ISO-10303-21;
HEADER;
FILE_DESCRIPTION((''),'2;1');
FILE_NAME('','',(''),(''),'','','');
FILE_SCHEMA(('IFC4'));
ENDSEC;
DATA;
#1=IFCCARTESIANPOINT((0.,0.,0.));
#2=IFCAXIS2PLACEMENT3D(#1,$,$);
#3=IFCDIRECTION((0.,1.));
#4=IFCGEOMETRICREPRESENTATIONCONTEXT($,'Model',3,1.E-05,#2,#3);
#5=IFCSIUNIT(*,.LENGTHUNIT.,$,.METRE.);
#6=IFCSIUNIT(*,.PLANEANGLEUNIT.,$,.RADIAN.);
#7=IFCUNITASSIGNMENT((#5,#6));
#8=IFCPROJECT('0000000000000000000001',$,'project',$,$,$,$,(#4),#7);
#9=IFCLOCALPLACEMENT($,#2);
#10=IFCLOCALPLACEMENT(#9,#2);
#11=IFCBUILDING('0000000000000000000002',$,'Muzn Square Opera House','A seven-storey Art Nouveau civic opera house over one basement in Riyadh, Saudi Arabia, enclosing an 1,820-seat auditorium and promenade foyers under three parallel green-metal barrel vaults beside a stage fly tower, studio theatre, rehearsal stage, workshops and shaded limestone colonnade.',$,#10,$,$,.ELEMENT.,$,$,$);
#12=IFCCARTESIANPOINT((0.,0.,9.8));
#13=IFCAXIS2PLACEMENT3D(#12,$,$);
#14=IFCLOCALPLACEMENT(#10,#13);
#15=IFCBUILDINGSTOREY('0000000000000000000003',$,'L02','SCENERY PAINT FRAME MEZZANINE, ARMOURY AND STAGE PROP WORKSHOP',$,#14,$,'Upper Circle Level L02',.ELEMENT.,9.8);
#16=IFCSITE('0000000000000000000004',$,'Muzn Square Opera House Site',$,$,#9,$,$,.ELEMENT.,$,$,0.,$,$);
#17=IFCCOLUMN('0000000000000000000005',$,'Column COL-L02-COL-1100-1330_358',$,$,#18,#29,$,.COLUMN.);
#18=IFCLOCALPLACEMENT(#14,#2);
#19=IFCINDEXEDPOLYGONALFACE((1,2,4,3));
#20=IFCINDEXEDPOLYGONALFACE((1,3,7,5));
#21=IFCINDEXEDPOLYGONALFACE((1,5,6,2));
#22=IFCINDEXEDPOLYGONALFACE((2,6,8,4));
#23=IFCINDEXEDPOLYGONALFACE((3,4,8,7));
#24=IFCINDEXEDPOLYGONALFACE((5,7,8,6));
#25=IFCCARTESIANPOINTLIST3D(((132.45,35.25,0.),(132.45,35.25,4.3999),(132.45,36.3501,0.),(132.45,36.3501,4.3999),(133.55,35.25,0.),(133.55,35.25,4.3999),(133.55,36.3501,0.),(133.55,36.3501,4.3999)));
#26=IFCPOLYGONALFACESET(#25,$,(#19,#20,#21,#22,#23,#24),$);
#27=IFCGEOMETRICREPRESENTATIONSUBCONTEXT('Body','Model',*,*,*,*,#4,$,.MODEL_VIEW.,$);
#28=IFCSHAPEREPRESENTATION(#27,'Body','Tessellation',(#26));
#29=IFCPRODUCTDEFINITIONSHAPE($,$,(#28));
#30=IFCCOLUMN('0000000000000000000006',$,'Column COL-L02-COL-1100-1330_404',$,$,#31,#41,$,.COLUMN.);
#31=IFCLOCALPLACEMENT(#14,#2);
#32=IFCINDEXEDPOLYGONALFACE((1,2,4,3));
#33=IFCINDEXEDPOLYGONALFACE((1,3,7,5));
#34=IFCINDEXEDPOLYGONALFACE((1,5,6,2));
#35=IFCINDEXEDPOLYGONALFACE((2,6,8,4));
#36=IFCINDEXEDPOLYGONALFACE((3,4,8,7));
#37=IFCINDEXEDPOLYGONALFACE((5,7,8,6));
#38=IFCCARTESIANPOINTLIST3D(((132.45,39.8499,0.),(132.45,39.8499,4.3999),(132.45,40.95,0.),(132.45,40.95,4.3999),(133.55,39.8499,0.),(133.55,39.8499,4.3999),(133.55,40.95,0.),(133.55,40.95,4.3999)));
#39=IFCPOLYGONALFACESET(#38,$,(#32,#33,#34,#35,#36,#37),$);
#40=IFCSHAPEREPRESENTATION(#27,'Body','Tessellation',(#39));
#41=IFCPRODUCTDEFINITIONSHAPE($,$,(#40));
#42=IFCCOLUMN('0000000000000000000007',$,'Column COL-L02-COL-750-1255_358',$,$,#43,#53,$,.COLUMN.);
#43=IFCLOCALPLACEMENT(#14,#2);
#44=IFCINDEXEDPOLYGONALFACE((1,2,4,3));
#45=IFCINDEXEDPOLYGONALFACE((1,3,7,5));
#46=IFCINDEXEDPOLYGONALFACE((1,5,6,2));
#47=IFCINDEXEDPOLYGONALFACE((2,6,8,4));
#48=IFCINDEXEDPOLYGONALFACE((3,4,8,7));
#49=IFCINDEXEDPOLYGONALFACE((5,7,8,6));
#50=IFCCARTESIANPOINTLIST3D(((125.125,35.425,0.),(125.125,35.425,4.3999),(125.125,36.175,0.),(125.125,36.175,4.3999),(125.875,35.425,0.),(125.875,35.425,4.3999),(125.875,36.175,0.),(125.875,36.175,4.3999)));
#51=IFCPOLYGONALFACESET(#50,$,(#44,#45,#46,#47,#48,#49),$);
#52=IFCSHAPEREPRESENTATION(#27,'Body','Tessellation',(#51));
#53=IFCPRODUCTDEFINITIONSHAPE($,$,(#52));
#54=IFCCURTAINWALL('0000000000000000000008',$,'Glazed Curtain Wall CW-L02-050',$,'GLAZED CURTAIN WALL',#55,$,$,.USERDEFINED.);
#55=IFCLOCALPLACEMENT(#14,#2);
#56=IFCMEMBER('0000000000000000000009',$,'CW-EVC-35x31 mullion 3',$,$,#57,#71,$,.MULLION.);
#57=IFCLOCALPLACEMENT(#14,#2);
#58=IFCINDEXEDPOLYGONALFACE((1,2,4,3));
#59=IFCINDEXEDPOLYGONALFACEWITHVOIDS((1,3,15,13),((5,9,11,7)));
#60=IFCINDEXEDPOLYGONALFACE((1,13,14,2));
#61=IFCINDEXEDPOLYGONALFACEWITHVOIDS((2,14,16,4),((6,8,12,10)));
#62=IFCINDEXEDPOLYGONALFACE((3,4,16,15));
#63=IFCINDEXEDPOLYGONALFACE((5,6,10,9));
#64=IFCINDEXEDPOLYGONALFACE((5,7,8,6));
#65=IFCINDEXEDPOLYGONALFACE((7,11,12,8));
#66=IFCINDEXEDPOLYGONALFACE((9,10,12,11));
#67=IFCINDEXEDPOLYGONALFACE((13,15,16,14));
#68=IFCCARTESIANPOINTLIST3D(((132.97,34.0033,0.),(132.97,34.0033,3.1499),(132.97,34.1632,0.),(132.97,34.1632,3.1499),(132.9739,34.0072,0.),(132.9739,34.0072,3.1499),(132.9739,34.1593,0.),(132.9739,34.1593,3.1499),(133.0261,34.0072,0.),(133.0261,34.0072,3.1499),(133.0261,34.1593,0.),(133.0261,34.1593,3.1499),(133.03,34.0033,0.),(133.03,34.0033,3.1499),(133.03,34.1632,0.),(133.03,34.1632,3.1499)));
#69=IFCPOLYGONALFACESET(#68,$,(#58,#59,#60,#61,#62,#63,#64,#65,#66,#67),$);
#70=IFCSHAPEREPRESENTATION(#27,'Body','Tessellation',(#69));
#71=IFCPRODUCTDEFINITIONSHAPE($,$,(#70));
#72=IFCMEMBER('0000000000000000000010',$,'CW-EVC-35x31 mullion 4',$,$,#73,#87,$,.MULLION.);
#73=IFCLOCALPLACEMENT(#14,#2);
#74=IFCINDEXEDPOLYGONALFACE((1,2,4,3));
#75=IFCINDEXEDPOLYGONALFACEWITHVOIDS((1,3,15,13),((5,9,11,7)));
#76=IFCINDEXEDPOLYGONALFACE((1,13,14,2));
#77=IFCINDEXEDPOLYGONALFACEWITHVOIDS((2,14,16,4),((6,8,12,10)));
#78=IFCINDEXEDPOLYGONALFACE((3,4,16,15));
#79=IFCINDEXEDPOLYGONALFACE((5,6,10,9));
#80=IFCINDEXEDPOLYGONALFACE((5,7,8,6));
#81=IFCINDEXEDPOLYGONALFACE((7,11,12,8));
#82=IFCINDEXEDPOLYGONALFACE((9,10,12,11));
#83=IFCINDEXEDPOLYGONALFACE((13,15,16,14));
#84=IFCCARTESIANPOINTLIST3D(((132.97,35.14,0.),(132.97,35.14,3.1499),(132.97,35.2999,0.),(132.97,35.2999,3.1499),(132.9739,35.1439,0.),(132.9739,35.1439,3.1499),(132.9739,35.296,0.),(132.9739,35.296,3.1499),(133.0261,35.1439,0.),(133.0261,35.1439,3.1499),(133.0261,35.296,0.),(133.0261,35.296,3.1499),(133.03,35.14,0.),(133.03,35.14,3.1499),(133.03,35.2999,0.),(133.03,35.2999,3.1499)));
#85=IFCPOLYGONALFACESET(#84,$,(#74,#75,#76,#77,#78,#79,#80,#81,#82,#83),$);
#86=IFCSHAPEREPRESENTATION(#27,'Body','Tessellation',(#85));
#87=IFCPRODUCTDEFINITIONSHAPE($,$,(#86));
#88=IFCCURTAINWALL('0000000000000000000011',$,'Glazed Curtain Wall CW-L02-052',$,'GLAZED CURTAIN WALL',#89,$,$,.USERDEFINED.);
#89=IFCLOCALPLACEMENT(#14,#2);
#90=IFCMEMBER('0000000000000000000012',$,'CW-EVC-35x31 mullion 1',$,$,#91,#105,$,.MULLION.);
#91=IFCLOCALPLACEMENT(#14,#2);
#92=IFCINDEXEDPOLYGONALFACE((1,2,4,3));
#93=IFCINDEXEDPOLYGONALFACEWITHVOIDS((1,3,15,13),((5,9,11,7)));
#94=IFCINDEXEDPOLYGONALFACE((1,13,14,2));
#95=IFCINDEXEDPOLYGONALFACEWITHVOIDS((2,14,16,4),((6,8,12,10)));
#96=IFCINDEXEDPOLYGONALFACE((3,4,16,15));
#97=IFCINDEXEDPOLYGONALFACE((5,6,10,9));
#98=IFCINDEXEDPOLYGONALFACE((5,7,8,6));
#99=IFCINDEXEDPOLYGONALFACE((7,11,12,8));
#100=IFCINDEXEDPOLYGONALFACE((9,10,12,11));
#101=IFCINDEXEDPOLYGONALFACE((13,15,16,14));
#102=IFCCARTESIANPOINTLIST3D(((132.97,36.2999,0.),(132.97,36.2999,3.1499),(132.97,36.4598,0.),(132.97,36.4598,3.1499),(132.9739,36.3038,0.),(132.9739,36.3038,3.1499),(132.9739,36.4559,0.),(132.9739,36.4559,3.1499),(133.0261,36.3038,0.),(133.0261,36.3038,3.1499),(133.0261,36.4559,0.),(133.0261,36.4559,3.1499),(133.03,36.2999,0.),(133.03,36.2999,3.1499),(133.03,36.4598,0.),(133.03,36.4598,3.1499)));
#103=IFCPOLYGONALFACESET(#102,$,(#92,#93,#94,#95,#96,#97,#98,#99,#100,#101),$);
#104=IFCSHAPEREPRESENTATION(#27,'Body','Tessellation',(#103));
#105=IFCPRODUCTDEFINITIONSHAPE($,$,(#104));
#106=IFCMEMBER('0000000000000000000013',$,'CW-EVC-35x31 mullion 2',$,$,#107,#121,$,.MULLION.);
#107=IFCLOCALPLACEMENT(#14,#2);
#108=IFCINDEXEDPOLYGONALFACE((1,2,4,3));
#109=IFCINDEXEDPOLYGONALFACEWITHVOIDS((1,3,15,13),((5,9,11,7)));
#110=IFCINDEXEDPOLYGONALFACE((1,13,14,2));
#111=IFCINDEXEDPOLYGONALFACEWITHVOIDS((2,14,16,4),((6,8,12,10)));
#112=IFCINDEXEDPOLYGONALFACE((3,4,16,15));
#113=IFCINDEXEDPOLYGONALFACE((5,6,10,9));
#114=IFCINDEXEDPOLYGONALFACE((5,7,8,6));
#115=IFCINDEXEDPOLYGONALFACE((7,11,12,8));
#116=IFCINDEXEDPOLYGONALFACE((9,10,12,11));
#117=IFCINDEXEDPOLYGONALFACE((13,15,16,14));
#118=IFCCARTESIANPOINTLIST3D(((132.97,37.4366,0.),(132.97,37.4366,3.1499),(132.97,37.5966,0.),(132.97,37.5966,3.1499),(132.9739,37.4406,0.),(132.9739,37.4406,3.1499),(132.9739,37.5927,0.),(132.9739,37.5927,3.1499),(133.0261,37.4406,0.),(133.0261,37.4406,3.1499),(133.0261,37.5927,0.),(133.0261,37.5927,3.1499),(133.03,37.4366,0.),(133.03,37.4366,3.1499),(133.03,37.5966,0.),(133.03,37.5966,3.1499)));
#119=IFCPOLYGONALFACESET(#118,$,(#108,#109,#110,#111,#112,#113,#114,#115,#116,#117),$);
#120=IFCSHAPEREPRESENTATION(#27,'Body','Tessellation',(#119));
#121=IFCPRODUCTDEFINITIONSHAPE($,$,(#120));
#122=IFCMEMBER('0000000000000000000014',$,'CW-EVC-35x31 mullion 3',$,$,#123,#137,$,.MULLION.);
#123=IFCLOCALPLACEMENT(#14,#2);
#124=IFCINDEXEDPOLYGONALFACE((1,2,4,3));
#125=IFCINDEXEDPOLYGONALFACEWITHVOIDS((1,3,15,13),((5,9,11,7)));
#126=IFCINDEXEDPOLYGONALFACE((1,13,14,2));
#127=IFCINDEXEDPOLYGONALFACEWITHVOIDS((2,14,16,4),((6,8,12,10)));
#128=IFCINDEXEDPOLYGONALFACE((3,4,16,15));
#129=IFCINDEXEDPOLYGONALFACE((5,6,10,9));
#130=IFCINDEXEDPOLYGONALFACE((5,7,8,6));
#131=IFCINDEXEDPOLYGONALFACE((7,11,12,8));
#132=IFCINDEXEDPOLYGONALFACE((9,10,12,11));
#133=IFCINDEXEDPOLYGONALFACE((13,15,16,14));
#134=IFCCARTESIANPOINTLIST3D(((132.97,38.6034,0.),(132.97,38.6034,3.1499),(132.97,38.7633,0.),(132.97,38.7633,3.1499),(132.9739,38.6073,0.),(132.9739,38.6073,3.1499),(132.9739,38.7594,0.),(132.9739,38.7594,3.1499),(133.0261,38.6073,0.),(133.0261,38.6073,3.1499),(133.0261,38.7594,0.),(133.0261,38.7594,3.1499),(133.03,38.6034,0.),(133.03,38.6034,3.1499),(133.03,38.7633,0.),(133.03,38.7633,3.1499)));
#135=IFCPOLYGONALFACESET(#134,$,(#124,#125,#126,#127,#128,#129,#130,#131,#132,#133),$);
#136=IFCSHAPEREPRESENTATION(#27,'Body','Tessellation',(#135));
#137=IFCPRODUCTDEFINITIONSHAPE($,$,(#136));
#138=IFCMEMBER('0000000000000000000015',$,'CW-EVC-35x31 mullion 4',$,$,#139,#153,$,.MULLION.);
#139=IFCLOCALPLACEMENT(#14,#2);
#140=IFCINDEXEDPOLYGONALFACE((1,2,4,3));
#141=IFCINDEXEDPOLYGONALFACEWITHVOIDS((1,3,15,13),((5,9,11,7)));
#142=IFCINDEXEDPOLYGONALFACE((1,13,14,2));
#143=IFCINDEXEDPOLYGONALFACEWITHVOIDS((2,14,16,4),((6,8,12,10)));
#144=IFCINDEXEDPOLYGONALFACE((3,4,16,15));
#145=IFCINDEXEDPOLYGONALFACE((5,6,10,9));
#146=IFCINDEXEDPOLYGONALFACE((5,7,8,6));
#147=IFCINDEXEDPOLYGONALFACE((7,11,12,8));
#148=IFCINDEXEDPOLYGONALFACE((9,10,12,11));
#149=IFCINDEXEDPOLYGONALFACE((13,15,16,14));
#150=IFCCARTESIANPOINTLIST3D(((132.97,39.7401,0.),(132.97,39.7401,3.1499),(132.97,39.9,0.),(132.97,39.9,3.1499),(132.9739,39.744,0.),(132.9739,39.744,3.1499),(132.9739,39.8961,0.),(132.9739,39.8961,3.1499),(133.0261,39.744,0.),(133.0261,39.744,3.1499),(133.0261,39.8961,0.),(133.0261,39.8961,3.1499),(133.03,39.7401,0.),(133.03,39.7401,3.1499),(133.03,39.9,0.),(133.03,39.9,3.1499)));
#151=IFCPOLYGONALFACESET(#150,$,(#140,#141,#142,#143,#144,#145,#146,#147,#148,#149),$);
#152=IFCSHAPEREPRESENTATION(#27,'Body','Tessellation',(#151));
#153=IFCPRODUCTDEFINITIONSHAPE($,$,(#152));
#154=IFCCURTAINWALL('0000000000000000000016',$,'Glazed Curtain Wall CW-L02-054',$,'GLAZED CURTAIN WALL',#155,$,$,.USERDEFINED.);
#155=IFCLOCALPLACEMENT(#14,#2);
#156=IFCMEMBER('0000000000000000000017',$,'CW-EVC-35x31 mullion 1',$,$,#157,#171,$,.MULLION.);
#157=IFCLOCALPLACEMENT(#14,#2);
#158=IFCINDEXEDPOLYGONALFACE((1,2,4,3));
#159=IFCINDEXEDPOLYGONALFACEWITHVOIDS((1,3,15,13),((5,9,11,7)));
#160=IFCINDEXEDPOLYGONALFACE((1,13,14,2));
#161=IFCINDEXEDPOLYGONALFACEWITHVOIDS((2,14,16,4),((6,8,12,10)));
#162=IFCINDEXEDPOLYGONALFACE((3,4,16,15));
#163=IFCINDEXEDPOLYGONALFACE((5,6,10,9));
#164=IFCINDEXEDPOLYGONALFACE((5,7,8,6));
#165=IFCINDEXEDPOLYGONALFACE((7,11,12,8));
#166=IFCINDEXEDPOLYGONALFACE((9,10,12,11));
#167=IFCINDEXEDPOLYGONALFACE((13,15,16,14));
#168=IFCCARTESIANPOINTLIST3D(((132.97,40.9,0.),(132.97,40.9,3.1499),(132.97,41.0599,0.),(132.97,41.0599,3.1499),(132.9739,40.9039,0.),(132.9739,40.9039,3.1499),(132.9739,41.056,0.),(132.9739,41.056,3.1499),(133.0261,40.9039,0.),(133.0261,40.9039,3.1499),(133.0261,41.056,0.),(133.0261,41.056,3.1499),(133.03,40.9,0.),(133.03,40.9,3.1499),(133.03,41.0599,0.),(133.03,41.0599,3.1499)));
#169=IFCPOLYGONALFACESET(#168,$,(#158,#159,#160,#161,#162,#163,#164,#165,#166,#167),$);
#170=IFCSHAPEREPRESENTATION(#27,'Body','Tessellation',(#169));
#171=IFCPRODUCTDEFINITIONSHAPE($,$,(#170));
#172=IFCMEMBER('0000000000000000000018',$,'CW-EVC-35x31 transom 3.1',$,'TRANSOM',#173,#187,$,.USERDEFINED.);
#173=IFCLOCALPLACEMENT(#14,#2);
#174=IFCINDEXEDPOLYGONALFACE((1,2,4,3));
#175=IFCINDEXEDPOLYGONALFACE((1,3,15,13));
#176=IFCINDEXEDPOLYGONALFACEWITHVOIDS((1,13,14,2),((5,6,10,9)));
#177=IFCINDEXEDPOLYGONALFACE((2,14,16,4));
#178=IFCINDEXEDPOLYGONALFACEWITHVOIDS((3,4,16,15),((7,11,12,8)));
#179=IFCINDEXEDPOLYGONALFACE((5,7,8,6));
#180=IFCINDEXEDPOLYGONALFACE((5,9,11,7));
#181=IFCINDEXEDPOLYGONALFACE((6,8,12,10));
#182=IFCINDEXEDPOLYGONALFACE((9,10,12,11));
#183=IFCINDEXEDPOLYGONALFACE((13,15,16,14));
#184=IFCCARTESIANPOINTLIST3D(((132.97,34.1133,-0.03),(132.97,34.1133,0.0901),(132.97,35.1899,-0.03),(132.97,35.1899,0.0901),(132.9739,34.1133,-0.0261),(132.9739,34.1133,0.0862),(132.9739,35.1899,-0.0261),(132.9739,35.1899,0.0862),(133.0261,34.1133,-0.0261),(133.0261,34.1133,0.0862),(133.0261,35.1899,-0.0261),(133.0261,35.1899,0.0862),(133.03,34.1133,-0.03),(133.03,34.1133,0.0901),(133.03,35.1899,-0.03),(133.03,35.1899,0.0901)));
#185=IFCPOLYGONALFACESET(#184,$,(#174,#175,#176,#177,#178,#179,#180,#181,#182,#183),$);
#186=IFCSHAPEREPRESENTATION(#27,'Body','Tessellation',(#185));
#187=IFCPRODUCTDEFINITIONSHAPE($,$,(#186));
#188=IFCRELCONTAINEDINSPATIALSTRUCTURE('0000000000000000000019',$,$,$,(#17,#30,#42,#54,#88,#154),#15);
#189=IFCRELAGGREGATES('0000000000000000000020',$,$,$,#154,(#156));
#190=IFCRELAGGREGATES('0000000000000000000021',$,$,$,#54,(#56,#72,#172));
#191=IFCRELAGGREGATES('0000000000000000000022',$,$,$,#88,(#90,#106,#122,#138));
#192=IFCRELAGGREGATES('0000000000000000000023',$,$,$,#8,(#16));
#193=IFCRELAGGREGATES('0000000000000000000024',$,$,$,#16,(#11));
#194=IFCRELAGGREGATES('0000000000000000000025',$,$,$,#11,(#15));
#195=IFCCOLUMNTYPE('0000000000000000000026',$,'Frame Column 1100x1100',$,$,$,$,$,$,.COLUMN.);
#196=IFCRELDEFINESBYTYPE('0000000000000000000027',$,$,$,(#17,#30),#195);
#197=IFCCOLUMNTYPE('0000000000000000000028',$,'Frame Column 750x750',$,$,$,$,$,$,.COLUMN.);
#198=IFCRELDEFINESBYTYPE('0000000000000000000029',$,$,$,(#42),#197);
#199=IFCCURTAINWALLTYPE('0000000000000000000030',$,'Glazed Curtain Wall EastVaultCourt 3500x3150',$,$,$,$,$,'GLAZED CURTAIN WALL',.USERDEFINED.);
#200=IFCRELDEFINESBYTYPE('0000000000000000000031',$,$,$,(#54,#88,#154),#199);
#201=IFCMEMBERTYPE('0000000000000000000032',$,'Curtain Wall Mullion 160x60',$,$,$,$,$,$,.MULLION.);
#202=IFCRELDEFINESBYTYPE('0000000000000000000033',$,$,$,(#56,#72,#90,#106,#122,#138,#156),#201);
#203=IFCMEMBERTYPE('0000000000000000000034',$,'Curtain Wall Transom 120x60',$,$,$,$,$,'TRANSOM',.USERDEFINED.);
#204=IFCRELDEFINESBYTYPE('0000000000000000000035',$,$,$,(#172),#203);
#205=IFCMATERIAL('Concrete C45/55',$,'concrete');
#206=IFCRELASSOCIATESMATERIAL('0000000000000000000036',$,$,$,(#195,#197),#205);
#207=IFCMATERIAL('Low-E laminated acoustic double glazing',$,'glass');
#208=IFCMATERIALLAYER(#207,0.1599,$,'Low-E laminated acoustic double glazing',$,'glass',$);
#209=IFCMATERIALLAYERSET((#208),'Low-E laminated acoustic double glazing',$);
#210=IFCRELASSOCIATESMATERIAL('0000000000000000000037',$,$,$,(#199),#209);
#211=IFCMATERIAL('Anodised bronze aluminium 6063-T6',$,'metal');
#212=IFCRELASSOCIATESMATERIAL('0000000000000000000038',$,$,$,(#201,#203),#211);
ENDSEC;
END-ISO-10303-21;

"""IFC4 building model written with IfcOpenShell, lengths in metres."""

from ifc_helpers import new_model, si_unit, direction, frame, origin, origin_2d, place, context, subcontext, project, spatial, rectangle, hollow_rectangle, extrude, material, layer, layer_set, material_profile, profile_set, type_object, element, aggregate, save


model = new_model("IFC4")

# Units and contexts
model_context = context("Model", 3, precision=1e-05, world=origin(), true_north=direction((0.0, 1.0)))
body_context = subcontext(model_context, "Body", "Model", "MODEL_VIEW")
ifc_project = project(units=[si_unit("LENGTHUNIT", "METRE"), si_unit("PLANEANGLEUNIT", "RADIAN")], contexts=[model_context])

# Site, building, storey
site_placement = place(None, origin())
site = spatial("IfcSite", under=ifc_project, at=site_placement, Name="Muzn Square Opera House Site", CompositionType="ELEMENT", RefElevation=0.0)
building_placement = place(site_placement, origin())
building = spatial("IfcBuilding", under=site, at=building_placement, Name="Muzn Square Opera House", Description="A seven-storey Art Nouveau civic opera house over one basement in Riyadh, Saudi Arabia, enclosing an 1,820-seat auditorium and promenade foyers under three parallel green-metal barrel vaults beside a stage fly tower, studio theatre, rehearsal stage, workshops and shaded limestone colonnade.", CompositionType="ELEMENT")
storey_placement = place(building_placement, frame((0.0, 0.0, 9.8)))
storey = spatial("IfcBuildingStorey", under=building, at=storey_placement, Name="L02", Description="SCENERY PAINT FRAME MEZZANINE, ARMOURY AND STAGE PROP WORKSHOP", LongName="Upper Circle Level L02", CompositionType="ELEMENT", Elevation=9.8)

# Columns
ifc_material_1 = material(Name="Concrete C45/55", Category="concrete")
ifc_material_profile_1 = material_profile(ifc_material_1, rectangle(XDim=1.1001, YDim=1.1001, at=origin_2d()), Name="RC 1100x1100", Category="concrete")
ifc_profile_set_1 = profile_set([ifc_material_profile_1], Name="Concrete C45/55")
column_type_1 = type_object("IfcColumnType", Name="Frame Column 1100x1100", PredefinedType="COLUMN", material=ifc_profile_set_1)
for number, where, z_axis, x_axis, name in (
    (1, (133.0, 35.8, 0.0), (0.0, 0.0, 1.0), (1.0, 0.0, 0.0), "Column COL-L02-COL-1100-1330_358"),
    (2, (133.0, 40.3999, 0.0), (0.0, 0.0, 1.0), (1.0, 0.0, 0.0), "Column COL-L02-COL-1100-1330_404"),
):
    element("IfcColumn", number, at=place(storey_placement, frame(where, z_axis=z_axis, x_axis=x_axis)), inside=storey, type_object=column_type_1, Name=name, PredefinedType="COLUMN", context=body_context, shape_type="SweptSolid", body=[
        extrude(rectangle(XDim=1.1001, YDim=1.1001, at=origin_2d()), origin(), (0.0, 0.0, 1.0), 4.3999),
    ])
ifc_material_profile_2 = material_profile(ifc_material_1, rectangle(XDim=0.75, YDim=0.75, at=origin_2d()), Name="RC 750x750", Category="concrete")
ifc_profile_set_2 = profile_set([ifc_material_profile_2], Name="Concrete C45/55")
column_type_2 = type_object("IfcColumnType", Name="Frame Column 750x750", PredefinedType="COLUMN", material=ifc_profile_set_2)
column_placement = place(storey_placement, frame((125.5, 35.8, 0.0), z_axis=(0.0, 0.0, 1.0), x_axis=(1.0, 0.0, 0.0)))
element("IfcColumn", 3, at=column_placement, inside=storey, type_object=column_type_2, Name="Column COL-L02-COL-750-1255_358", PredefinedType="COLUMN", context=body_context, shape_type="SweptSolid", body=[
    extrude(rectangle(XDim=0.75, YDim=0.75, at=origin_2d()), origin(), (0.0, 0.0, 1.0), 4.3999),
])

# Curtain walls, members
ifc_material_2 = material(Name="Low-E laminated acoustic double glazing", Category="glass")
ifc_layer_1 = layer(ifc_material_2, 0.1599, Name="Low-E laminated acoustic double glazing", Category="glass")
ifc_layer_set_1 = layer_set([ifc_layer_1], Name="Low-E laminated acoustic double glazing")
curtain_wall_type = type_object("IfcCurtainWallType", Name="Glazed Curtain Wall EastVaultCourt 3500x3150", ElementType="GLAZED CURTAIN WALL", PredefinedType="USERDEFINED", material=ifc_layer_set_1)
curtain_wall_1_placement = place(storey_placement, origin())
curtain_wall_1 = element("IfcCurtainWall", 4, at=curtain_wall_1_placement, inside=storey, type_object=curtain_wall_type, Name="Glazed Curtain Wall CW-L02-050", ObjectType="GLAZED CURTAIN WALL", PredefinedType="USERDEFINED")
ifc_material_3 = material(Name="Anodised bronze aluminium 6063-T6", Category="metal")
ifc_material_profile_3 = material_profile(ifc_material_3, hollow_rectangle(XDim=0.0601, YDim=0.1599, WallThickness=0.0039, at=origin_2d()), Name="ALU 160x60x4", Category="metal")
ifc_profile_set_3 = profile_set([ifc_material_profile_3], Name="Anodised bronze aluminium 6063-T6")
member_type_1 = type_object("IfcMemberType", Name="Curtain Wall Mullion 160x60", PredefinedType="MULLION", material=ifc_profile_set_3)
member_1_placement = place(storey_placement, frame((133.0, 34.0833, 0.0), z_axis=(0.0, 0.0, 1.0), x_axis=(-1.0, 0.0, 0.0)))
member_1 = element("IfcMember", 5, at=member_1_placement, type_object=member_type_1, Name="CW-EVC-35x31 mullion 3", PredefinedType="MULLION", context=body_context, shape_type="SweptSolid", body=[
    extrude(hollow_rectangle(XDim=0.0601, YDim=0.1599, WallThickness=0.0039, at=origin_2d()), origin(), (0.0, 0.0, 1.0), 3.1499),
])
member_2_placement = place(storey_placement, frame((133.0, 35.22, 0.0), z_axis=(0.0, 0.0, 1.0), x_axis=(-1.0, 0.0, 0.0)))
member_2 = element("IfcMember", 6, at=member_2_placement, type_object=member_type_1, Name="CW-EVC-35x31 mullion 4", PredefinedType="MULLION", context=body_context, shape_type="SweptSolid", body=[
    extrude(hollow_rectangle(XDim=0.0601, YDim=0.1599, WallThickness=0.0039, at=origin_2d()), origin(), (0.0, 0.0, 1.0), 3.1499),
])
curtain_wall_2_placement = place(storey_placement, origin())
curtain_wall_2 = element("IfcCurtainWall", 7, at=curtain_wall_2_placement, inside=storey, type_object=curtain_wall_type, Name="Glazed Curtain Wall CW-L02-052", ObjectType="GLAZED CURTAIN WALL", PredefinedType="USERDEFINED")
member_3_placement = place(storey_placement, frame((133.0, 36.3799, 0.0), z_axis=(0.0, 0.0, 1.0), x_axis=(-1.0, 0.0, 0.0)))
member_3 = element("IfcMember", 8, at=member_3_placement, type_object=member_type_1, Name="CW-EVC-35x31 mullion 1", PredefinedType="MULLION", context=body_context, shape_type="SweptSolid", body=[
    extrude(hollow_rectangle(XDim=0.0601, YDim=0.1599, WallThickness=0.0039, at=origin_2d()), origin(), (0.0, 0.0, 1.0), 3.1499),
])
member_4_placement = place(storey_placement, frame((133.0, 37.5166, 0.0), z_axis=(0.0, 0.0, 1.0), x_axis=(-1.0, 0.0, 0.0)))
member_4 = element("IfcMember", 9, at=member_4_placement, type_object=member_type_1, Name="CW-EVC-35x31 mullion 2", PredefinedType="MULLION", context=body_context, shape_type="SweptSolid", body=[
    extrude(hollow_rectangle(XDim=0.0601, YDim=0.1599, WallThickness=0.0039, at=origin_2d()), origin(), (0.0, 0.0, 1.0), 3.1499),
])
member_5_placement = place(storey_placement, frame((133.0, 38.6833, 0.0), z_axis=(0.0, 0.0, 1.0), x_axis=(-1.0, 0.0, 0.0)))
member_5 = element("IfcMember", 10, at=member_5_placement, type_object=member_type_1, Name="CW-EVC-35x31 mullion 3", PredefinedType="MULLION", context=body_context, shape_type="SweptSolid", body=[
    extrude(hollow_rectangle(XDim=0.0601, YDim=0.1599, WallThickness=0.0039, at=origin_2d()), origin(), (0.0, 0.0, 1.0), 3.1499),
])
member_6_placement = place(storey_placement, frame((133.0, 39.8201, 0.0), z_axis=(0.0, 0.0, 1.0), x_axis=(-1.0, 0.0, 0.0)))
member_6 = element("IfcMember", 11, at=member_6_placement, type_object=member_type_1, Name="CW-EVC-35x31 mullion 4", PredefinedType="MULLION", context=body_context, shape_type="SweptSolid", body=[
    extrude(hollow_rectangle(XDim=0.0601, YDim=0.1599, WallThickness=0.0039, at=origin_2d()), origin(), (0.0, 0.0, 1.0), 3.1499),
])

# Curtain wall, member
curtain_wall_3_placement = place(storey_placement, origin())
curtain_wall_3 = element("IfcCurtainWall", 12, at=curtain_wall_3_placement, inside=storey, type_object=curtain_wall_type, Name="Glazed Curtain Wall CW-L02-054", ObjectType="GLAZED CURTAIN WALL", PredefinedType="USERDEFINED")
member_7_placement = place(storey_placement, frame((133.0, 40.98, 0.0), z_axis=(0.0, 0.0, 1.0), x_axis=(-1.0, 0.0, 0.0)))
member_7 = element("IfcMember", 13, at=member_7_placement, type_object=member_type_1, Name="CW-EVC-35x31 mullion 1", PredefinedType="MULLION", context=body_context, shape_type="SweptSolid", body=[
    extrude(hollow_rectangle(XDim=0.0601, YDim=0.1599, WallThickness=0.0039, at=origin_2d()), origin(), (0.0, 0.0, 1.0), 3.1499),
])
aggregate(curtain_wall_3, [member_7])

# Member
ifc_material_profile_4 = material_profile(ifc_material_3, hollow_rectangle(XDim=0.0601, YDim=0.1201, WallThickness=0.0039, at=origin_2d()), Name="ALU 120x60x4", Category="metal")
ifc_profile_set_4 = profile_set([ifc_material_profile_4], Name="Anodised bronze aluminium 6063-T6")
member_type_2 = type_object("IfcMemberType", Name="Curtain Wall Transom 120x60", ElementType="TRANSOM", PredefinedType="USERDEFINED", material=ifc_profile_set_4)
member_8_placement = place(storey_placement, frame((133.0, 34.1133, 0.03), z_axis=(0.0, 1.0, 0.0), x_axis=(-1.0, 0.0, 0.0)))
member_8 = element("IfcMember", 14, at=member_8_placement, type_object=member_type_2, Name="CW-EVC-35x31 transom 3.1", ObjectType="TRANSOM", PredefinedType="USERDEFINED", context=body_context, shape_type="SweptSolid", body=[
    extrude(hollow_rectangle(XDim=0.0601, YDim=0.1201, WallThickness=0.0039, at=origin_2d()), origin(), (0.0, 0.0, 1.0), 1.0767),
])

aggregate(curtain_wall_1, [member_1, member_2, member_8])
aggregate(curtain_wall_2, [member_3, member_4, member_5, member_6])

save(model, "model.ifc")
